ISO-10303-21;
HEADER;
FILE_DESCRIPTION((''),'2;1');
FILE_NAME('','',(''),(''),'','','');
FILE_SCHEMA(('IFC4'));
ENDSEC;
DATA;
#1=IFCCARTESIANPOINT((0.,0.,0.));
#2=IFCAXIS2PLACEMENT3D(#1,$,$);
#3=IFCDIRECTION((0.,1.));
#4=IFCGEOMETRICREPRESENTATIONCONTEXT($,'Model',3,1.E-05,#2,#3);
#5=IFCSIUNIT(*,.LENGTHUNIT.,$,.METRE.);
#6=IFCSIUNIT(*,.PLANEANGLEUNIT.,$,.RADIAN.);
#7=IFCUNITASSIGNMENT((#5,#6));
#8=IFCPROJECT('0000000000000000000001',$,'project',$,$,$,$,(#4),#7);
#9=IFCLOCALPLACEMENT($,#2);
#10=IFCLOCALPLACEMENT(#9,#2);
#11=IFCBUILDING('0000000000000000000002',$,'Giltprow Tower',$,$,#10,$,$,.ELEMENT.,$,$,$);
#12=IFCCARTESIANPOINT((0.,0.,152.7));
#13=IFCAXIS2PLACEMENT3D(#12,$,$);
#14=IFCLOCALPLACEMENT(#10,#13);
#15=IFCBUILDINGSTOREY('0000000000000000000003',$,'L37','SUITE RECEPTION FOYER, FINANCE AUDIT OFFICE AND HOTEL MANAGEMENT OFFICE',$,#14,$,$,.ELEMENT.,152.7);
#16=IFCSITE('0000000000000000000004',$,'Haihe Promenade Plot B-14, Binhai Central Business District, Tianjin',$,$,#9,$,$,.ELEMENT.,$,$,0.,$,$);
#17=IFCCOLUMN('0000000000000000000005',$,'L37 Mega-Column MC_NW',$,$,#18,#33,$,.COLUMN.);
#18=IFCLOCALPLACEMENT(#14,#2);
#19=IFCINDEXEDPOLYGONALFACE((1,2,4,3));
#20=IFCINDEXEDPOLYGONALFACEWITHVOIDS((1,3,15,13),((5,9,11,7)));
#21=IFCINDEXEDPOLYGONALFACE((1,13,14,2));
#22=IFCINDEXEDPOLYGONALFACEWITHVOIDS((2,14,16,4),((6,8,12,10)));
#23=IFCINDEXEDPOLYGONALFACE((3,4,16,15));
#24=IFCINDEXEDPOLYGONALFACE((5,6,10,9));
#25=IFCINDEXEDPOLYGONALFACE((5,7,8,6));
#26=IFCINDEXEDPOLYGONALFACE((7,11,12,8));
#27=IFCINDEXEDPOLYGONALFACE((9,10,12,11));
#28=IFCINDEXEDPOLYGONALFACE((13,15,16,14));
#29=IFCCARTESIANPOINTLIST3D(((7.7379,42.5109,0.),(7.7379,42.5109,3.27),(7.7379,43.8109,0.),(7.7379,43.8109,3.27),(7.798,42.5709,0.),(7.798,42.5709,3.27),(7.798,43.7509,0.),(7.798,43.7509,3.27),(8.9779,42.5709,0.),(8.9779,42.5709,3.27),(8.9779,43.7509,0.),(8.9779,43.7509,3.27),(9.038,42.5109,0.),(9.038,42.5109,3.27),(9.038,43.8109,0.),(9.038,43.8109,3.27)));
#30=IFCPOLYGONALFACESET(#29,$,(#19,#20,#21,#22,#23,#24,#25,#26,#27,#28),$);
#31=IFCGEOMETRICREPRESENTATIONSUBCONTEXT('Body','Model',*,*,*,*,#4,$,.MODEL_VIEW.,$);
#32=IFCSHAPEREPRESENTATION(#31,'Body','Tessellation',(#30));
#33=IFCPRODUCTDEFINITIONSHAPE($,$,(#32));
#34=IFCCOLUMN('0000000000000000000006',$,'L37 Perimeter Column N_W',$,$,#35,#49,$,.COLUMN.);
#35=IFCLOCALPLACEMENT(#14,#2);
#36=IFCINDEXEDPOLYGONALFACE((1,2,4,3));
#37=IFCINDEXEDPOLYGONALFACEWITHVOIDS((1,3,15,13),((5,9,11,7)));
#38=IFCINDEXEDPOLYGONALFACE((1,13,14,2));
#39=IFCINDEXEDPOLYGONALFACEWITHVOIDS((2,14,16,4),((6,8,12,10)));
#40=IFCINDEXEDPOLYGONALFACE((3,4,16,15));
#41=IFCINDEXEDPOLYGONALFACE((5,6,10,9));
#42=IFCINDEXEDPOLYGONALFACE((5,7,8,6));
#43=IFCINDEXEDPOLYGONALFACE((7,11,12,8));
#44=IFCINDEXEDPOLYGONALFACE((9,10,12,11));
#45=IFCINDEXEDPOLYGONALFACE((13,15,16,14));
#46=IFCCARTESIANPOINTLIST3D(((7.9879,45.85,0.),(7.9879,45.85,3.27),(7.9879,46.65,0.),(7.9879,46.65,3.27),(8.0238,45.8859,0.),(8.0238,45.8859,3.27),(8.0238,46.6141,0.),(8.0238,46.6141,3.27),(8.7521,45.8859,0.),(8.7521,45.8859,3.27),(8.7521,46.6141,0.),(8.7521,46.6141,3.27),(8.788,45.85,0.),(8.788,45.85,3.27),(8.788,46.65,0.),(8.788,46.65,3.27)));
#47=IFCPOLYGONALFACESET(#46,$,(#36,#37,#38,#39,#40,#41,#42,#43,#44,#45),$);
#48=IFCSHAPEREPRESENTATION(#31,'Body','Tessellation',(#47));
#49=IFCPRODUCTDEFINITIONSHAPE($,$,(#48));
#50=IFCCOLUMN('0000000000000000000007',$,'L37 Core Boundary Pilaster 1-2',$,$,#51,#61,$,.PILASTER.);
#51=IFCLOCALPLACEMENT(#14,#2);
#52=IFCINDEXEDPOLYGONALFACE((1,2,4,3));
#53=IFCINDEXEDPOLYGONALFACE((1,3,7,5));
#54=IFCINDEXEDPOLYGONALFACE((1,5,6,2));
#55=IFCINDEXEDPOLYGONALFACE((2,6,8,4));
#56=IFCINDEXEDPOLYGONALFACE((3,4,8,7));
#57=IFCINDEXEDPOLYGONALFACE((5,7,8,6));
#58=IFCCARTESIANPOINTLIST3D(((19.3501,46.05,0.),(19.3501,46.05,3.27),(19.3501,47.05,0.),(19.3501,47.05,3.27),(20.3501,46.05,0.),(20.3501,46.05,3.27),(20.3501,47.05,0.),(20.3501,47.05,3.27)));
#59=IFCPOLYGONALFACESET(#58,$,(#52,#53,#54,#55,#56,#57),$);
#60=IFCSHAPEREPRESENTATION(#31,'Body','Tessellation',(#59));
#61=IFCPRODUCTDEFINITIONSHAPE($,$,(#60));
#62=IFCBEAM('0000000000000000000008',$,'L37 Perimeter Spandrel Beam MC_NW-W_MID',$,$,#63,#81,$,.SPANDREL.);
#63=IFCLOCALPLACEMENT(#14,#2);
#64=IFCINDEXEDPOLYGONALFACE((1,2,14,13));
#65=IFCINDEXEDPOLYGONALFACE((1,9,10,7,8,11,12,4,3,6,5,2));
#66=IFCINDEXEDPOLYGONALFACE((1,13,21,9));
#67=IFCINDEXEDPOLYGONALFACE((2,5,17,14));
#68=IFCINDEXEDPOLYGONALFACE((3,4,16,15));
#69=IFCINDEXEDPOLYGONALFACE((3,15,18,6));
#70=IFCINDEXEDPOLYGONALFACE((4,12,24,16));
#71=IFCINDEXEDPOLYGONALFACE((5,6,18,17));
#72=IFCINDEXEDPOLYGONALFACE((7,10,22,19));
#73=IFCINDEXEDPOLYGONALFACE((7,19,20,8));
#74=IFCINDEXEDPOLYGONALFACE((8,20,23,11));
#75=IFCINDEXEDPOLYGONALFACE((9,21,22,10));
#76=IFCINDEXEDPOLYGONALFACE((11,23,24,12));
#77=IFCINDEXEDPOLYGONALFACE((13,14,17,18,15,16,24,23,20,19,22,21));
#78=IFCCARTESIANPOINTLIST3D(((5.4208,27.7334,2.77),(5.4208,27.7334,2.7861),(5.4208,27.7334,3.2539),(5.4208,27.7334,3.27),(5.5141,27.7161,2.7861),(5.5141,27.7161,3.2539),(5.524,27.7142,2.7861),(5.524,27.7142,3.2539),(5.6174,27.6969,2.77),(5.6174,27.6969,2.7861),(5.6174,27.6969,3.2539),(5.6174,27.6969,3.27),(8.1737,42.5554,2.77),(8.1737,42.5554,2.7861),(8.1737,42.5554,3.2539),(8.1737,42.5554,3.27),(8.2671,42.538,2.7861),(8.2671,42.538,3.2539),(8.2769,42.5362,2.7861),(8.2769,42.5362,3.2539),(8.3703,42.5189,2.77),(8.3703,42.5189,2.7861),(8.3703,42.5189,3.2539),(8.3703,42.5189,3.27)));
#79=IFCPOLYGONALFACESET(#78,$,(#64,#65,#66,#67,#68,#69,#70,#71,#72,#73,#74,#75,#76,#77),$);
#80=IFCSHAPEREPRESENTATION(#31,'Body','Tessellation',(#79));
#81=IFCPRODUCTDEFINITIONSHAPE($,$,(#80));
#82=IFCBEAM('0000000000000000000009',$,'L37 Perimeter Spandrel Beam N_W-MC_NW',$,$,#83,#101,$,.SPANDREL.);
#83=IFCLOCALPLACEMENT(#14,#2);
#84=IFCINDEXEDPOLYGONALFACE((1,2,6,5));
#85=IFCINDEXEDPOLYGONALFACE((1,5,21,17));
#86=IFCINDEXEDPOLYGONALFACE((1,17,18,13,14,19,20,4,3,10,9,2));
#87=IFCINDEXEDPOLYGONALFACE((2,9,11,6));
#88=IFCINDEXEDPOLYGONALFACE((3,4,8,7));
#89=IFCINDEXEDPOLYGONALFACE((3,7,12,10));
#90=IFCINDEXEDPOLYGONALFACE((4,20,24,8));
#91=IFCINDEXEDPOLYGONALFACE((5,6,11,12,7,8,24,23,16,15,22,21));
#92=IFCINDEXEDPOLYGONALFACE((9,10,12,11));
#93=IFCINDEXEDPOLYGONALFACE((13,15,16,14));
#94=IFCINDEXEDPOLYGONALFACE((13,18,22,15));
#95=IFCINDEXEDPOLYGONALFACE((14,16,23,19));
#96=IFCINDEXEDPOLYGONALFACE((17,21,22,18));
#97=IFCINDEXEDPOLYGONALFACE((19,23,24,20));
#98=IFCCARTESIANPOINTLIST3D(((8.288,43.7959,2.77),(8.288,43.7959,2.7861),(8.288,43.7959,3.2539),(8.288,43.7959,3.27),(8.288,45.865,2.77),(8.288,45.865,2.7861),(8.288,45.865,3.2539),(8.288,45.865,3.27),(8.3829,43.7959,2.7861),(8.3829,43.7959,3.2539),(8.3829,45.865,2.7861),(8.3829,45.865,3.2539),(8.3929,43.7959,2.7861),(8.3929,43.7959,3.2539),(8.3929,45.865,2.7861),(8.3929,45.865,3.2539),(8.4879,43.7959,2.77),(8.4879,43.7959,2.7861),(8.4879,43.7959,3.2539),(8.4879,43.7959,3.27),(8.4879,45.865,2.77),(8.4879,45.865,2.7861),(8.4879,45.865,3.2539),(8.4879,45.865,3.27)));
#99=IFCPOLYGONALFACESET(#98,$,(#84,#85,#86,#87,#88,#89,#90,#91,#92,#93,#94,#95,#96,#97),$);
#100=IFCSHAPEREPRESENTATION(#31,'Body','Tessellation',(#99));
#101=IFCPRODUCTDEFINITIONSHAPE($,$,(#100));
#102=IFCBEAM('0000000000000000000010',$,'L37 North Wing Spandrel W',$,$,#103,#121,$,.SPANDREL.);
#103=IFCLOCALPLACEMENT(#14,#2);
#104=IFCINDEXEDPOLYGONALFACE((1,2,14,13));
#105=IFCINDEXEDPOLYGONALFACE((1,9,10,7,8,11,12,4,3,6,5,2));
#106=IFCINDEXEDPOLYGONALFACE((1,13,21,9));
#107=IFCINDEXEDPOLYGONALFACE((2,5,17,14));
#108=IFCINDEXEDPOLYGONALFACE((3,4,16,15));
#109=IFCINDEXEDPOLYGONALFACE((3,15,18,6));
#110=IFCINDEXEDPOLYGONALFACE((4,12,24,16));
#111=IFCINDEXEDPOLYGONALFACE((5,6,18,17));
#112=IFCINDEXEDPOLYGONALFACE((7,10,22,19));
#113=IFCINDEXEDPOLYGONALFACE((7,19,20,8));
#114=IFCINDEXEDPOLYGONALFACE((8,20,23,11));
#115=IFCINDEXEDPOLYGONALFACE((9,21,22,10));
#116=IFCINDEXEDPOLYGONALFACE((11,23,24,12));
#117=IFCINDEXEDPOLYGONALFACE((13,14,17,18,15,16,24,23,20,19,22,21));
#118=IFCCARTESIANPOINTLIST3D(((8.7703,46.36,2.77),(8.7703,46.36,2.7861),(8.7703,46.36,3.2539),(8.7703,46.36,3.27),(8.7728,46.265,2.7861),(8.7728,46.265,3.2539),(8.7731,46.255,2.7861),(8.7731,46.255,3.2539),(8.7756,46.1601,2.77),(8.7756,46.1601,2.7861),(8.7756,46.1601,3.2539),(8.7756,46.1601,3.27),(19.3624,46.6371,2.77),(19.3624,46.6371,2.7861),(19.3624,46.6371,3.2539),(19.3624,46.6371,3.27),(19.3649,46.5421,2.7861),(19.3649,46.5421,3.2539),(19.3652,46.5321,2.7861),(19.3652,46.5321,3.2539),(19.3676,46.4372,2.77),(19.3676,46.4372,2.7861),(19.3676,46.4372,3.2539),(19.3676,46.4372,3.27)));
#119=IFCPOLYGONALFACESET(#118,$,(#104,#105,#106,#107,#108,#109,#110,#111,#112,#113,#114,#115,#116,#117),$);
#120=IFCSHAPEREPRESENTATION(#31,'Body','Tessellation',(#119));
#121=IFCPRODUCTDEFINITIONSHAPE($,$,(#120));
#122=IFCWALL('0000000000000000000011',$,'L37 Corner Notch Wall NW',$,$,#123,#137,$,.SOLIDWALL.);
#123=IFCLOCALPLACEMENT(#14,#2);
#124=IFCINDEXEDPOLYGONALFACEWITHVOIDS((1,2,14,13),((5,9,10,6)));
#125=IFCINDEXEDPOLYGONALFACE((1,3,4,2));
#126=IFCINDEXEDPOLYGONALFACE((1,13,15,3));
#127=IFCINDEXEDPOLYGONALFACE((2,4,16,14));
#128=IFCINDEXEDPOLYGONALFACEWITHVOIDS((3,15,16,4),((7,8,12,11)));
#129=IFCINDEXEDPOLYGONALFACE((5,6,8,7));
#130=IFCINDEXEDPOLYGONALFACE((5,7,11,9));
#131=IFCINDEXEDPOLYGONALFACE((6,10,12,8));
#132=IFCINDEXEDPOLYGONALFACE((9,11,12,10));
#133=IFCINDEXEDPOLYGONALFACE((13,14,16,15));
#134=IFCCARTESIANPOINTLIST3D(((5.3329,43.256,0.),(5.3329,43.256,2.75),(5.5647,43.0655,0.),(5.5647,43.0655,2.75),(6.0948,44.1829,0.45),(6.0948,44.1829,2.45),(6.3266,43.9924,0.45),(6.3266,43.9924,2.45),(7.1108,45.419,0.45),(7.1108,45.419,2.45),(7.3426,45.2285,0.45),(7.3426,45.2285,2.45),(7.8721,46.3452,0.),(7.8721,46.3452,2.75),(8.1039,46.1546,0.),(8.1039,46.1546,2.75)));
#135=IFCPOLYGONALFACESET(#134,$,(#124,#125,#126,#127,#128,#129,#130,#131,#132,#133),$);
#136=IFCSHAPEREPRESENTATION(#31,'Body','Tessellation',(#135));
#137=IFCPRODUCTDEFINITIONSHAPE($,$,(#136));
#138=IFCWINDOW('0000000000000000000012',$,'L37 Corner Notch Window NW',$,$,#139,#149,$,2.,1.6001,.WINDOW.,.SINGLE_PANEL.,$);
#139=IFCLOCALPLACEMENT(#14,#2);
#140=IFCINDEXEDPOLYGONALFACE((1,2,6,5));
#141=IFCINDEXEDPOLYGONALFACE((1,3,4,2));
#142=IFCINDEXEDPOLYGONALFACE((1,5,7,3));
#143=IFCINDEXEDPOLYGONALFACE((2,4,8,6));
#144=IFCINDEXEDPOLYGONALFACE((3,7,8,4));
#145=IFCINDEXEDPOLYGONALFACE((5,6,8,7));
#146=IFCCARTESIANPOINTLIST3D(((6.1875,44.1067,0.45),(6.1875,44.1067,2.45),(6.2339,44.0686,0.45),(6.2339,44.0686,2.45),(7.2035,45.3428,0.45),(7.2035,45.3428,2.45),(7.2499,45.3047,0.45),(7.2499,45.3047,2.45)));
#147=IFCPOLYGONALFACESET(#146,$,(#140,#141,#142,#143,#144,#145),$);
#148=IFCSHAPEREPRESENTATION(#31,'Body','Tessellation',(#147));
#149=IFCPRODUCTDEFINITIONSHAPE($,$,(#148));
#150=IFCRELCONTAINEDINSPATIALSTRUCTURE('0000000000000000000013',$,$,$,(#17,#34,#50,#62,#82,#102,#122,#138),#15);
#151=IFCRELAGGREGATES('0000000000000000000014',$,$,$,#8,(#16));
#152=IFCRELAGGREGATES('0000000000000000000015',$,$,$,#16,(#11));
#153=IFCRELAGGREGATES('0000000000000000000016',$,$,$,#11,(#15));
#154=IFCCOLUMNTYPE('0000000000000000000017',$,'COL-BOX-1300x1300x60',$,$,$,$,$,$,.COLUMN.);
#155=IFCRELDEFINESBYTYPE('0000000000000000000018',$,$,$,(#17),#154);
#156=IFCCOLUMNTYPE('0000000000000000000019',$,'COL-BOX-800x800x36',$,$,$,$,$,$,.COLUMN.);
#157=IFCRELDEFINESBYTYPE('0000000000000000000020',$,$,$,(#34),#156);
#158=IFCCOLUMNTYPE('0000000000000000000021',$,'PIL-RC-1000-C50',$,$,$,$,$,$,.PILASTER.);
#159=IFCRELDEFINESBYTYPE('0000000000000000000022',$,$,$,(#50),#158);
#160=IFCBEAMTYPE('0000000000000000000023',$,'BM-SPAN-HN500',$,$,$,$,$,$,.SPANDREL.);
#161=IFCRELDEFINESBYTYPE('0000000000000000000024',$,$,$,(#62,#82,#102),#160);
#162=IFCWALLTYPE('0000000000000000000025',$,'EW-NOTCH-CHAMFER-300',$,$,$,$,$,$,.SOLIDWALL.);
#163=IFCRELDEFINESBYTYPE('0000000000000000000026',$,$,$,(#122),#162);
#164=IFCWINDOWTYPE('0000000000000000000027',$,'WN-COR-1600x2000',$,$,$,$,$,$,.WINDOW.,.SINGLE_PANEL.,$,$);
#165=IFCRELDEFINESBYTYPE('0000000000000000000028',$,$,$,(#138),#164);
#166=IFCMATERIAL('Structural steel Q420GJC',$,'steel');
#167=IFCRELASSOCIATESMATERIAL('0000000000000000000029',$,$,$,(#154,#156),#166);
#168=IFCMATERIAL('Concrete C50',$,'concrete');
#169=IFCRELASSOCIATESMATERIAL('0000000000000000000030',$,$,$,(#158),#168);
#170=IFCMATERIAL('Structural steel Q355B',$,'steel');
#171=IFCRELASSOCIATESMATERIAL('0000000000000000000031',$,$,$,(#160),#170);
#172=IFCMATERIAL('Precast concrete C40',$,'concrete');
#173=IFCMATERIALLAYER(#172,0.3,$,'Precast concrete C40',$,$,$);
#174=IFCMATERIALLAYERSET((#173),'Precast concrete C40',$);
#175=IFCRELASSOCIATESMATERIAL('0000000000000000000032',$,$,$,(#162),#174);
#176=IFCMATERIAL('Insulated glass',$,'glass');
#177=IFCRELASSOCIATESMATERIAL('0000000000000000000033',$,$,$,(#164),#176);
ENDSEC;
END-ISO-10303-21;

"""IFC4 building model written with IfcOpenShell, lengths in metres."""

from ifc_helpers import new_model, si_unit, direction, frame, frame_2d, origin, origin_2d, place, context, subcontext, project, spatial, rectangle, hollow_rectangle, i_section, extrude, source, transform, mapped, material, layer, layer_set, material_profile, profile_set, type_object, element, fill, save


model = new_model("IFC4")

# Units and contexts
model_context = context("Model", 3, precision=1e-05, world=origin(), true_north=direction((0.0, 1.0)))
body_context = subcontext(model_context, "Body", "Model", "MODEL_VIEW")
ifc_project = project(units=[si_unit("LENGTHUNIT", "METRE"), si_unit("PLANEANGLEUNIT", "RADIAN")], contexts=[model_context])

# Site, building, storey
site_placement = place(None, origin())
site = spatial("IfcSite", under=ifc_project, at=site_placement, Name="Haihe Promenade Plot B-14, Binhai Central Business District, Tianjin", CompositionType="ELEMENT", RefElevation=0.0)
building_placement = place(site_placement, origin())
building = spatial("IfcBuilding", under=site, at=building_placement, Name="Giltprow Tower", CompositionType="ELEMENT")
storey_placement = place(building_placement, frame((0.0, 0.0, 152.7)))
storey = spatial("IfcBuildingStorey", under=building, at=storey_placement, Name="L37", Description="SUITE RECEPTION FOYER, FINANCE AUDIT OFFICE AND HOTEL MANAGEMENT OFFICE", CompositionType="ELEMENT", Elevation=152.7)

# Columns
ifc_material_1 = material(Name="Structural steel Q420GJC", Category="steel")
ifc_material_profile_1 = material_profile(ifc_material_1, hollow_rectangle(XDim=1.3, YDim=1.3, WallThickness=0.0601, at=origin_2d()), Name="BOX 1300x1300x60")
ifc_profile_set_1 = profile_set([ifc_material_profile_1], Name="Structural steel Q420GJC")
column_type_1 = type_object("IfcColumnType", Name="COL-BOX-1300x1300x60", PredefinedType="COLUMN", material=ifc_profile_set_1)
shared_shape_1 = source(origin(), body_context, "Body", "SweptSolid", [
    extrude(hollow_rectangle(XDim=1.3, YDim=1.3, WallThickness=0.0601, at=origin_2d()), origin(), (0.0, 0.0, 1.0), 3.27),
])
column_1_placement = place(storey_placement, frame((8.3879, 43.1609, 0.0), z_axis=(0.0, 0.0, 1.0), x_axis=(1.0, 0.0, 0.0)))
element("IfcColumn", 1, at=column_1_placement, inside=storey, type_object=column_type_1, Name="L37 Mega-Column MC_NW", PredefinedType="COLUMN", context=body_context, shape_type="MappedRepresentation", body=[
    mapped(shared_shape_1, transform((0.0, 0.0, 0.0), x_axis=(1.0, 0.0, 0.0), y_axis=(0.0, 1.0, 0.0), z_axis=(0.0, 0.0, 1.0), scale=1.0)),
])
ifc_material_profile_2 = material_profile(ifc_material_1, hollow_rectangle(XDim=0.8, YDim=0.8, WallThickness=0.0359, at=origin_2d()), Name="BOX 800x800x36")
ifc_profile_set_2 = profile_set([ifc_material_profile_2], Name="Structural steel Q420GJC")
column_type_2 = type_object("IfcColumnType", Name="COL-BOX-800x800x36", PredefinedType="COLUMN", material=ifc_profile_set_2)
shared_shape_2 = source(origin(), body_context, "Body", "SweptSolid", [
    extrude(hollow_rectangle(XDim=0.8, YDim=0.8, WallThickness=0.0359, at=origin_2d()), origin(), (0.0, 0.0, 1.0), 3.27),
])
column_2_placement = place(storey_placement, frame((8.3879, 46.25, 0.0), z_axis=(0.0, 0.0, 1.0), x_axis=(1.0, 0.0, 0.0)))
element("IfcColumn", 2, at=column_2_placement, inside=storey, type_object=column_type_2, Name="L37 Perimeter Column N_W", PredefinedType="COLUMN", context=body_context, shape_type="MappedRepresentation", body=[
    mapped(shared_shape_2, transform((0.0, 0.0, 0.0), x_axis=(1.0, 0.0, 0.0), y_axis=(0.0, 1.0, 0.0), z_axis=(0.0, 0.0, 1.0), scale=1.0)),
])
ifc_material_2 = material(Name="Concrete C50", Category="concrete")
ifc_material_profile_3 = material_profile(ifc_material_2, rectangle(XDim=1.0, YDim=1.0, at=origin_2d()), Name="RC 1000x1000")
ifc_profile_set_3 = profile_set([ifc_material_profile_3], Name="Concrete C50")
column_type_3 = type_object("IfcColumnType", Name="PIL-RC-1000-C50", PredefinedType="PILASTER", material=ifc_profile_set_3)
shared_shape_3 = source(origin(), body_context, "Body", "SweptSolid", [
    extrude(rectangle(XDim=1.0, YDim=1.0, at=origin_2d()), origin(), (0.0, 0.0, 1.0), 3.27),
])
column_3_placement = place(storey_placement, frame((19.8501, 46.55, 0.0), z_axis=(0.0, 0.0, 1.0), x_axis=(1.0, 0.0, 0.0)))
element("IfcColumn", 3, at=column_3_placement, inside=storey, type_object=column_type_3, Name="L37 Core Boundary Pilaster 1-2", PredefinedType="PILASTER", context=body_context, shape_type="MappedRepresentation", body=[
    mapped(shared_shape_3, transform((0.0, 0.0, 0.0), x_axis=(1.0, 0.0, 0.0), y_axis=(0.0, 1.0, 0.0), z_axis=(0.0, 0.0, 1.0), scale=1.0)),
])

# Beams
ifc_material_3 = material(Name="Structural steel Q355B", Category="steel")
ifc_material_profile_4 = material_profile(ifc_material_3, i_section(OverallWidth=0.2, OverallDepth=0.5, WebThickness=0.01, FlangeThickness=0.0161, at=origin_2d()), Name="HN 500x200x10x16")
ifc_profile_set_4 = profile_set([ifc_material_profile_4], Name="Structural steel Q355B")
beam_type = type_object("IfcBeamType", Name="BM-SPAN-HN500", PredefinedType="SPANDREL", material=ifc_profile_set_4)
shared_shape_4 = source(origin(), body_context, "Body", "SweptSolid", [
    extrude(i_section(OverallWidth=0.2, OverallDepth=0.5, WebThickness=0.01, FlangeThickness=0.0161, at=origin_2d()), origin(), (0.0, 0.0, 1.0), 15.0754),
])
beam_1_placement = place(storey_placement, frame((8.272, 42.5371, 3.02), z_axis=(-0.182609, -0.983186, 0.0), x_axis=(0.983186, -0.182609, 0.0)))
element("IfcBeam", 4, at=beam_1_placement, inside=storey, type_object=beam_type, Name="L37 Perimeter Spandrel Beam MC_NW-W_MID", PredefinedType="SPANDREL", context=body_context, shape_type="MappedRepresentation", body=[
    mapped(shared_shape_4, transform((0.0, 0.0, 0.0), x_axis=(1.0, 0.0, 0.0), y_axis=(0.0, 1.0, 0.0), z_axis=(0.0, 0.0, 1.0), scale=1.0)),
])
shared_shape_5 = source(origin(), body_context, "Body", "SweptSolid", [
    extrude(i_section(OverallWidth=0.2, OverallDepth=0.5, WebThickness=0.01, FlangeThickness=0.0161, at=origin_2d()), origin(), (0.0, 0.0, 1.0), 2.0691),
])
beam_2_placement = place(storey_placement, frame((8.3879, 45.865, 3.02), z_axis=(0.0, -1.0, 0.0), x_axis=(1.0, 0.0, 0.0)))
element("IfcBeam", 5, at=beam_2_placement, inside=storey, type_object=beam_type, Name="L37 Perimeter Spandrel Beam N_W-MC_NW", PredefinedType="SPANDREL", context=body_context, shape_type="MappedRepresentation", body=[
    mapped(shared_shape_5, transform((0.0, 0.0, 0.0), x_axis=(1.0, 0.0, 0.0), y_axis=(0.0, 1.0, 0.0), z_axis=(0.0, 0.0, 1.0), scale=1.0)),
])
shared_shape_6 = source(origin(), body_context, "Body", "SweptSolid", [
    extrude(i_section(OverallWidth=0.2, OverallDepth=0.5, WebThickness=0.01, FlangeThickness=0.0161, at=origin_2d()), origin(), (0.0, 0.0, 1.0), 10.5957),
])
beam_3_placement = place(storey_placement, frame((8.7729, 46.26, 3.02), z_axis=(0.999658, 0.026152, 0.0), x_axis=(-0.026152, 0.999658, 0.0)))
element("IfcBeam", 6, at=beam_3_placement, inside=storey, type_object=beam_type, Name="L37 North Wing Spandrel W", PredefinedType="SPANDREL", context=body_context, shape_type="MappedRepresentation", body=[
    mapped(shared_shape_6, transform((0.0, 0.0, 0.0), x_axis=(1.0, 0.0, 0.0), y_axis=(0.0, 1.0, 0.0), z_axis=(0.0, 0.0, 1.0), scale=1.0)),
])

# Wall, opening, window
ifc_material_4 = material(Name="Precast concrete C40", Category="concrete")
ifc_layer_1 = layer(ifc_material_4, 0.3, Name="Precast concrete C40")
ifc_layer_set_1 = layer_set([ifc_layer_1], Name="Precast concrete C40")
wall_type_1 = type_object("IfcWallType", Name="EW-NOTCH-CHAMFER-300", PredefinedType="SOLIDWALL", material=ifc_layer_set_1)
wall_1_placement = place(storey_placement, frame((7.988, 46.25, 0.0), z_axis=(0.0, 0.0, 1.0), x_axis=(-0.634975, -0.772533, 0.0)))
wall_1 = element("IfcWall", 7, at=wall_1_placement, inside=storey, type_object=wall_type_1, Name="L37 Corner Notch Wall NW", PredefinedType="SOLIDWALL", context=body_context, shape_type="SweptSolid", body=[
    extrude(rectangle(XDim=3.9988, YDim=0.3, at=frame_2d((1.9995, 0.0))), origin(), (0.0, 0.0, 1.0), 2.75),
])
opening_1_placement = place(wall_1_placement, frame((1.199, 0.0, 0.45)))
opening_1 = element("IfcOpeningElement", 8, at=opening_1_placement, cuts=wall_1, PredefinedType="OPENING", context=body_context, shape_type="SweptSolid", body=[
    extrude(rectangle(XDim=1.6001, YDim=2.0, at=frame_2d((0.8, 1.0))), frame((0.0, 0.1599, 0.0), z_axis=(0.0, -1.0, 0.0), x_axis=(1.0, 0.0, 0.0)), (0.0, 0.0, 1.0), 0.3201),
])
ifc_material_5 = material(Name="Insulated glass", Category="glass")
window_type = type_object("IfcWindowType", Name="WN-COR-1600x2000", PartitioningType="SINGLE_PANEL", PredefinedType="WINDOW", material=ifc_material_5)
shared_shape_7 = source(origin(), body_context, "Body", "SweptSolid", [
    extrude(rectangle(XDim=1.6001, YDim=2.0, at=frame_2d((0.8, 1.0))), frame((0.0, 0.03, 0.0), z_axis=(0.0, -1.0, 0.0), x_axis=(1.0, 0.0, 0.0)), (0.0, 0.0, 1.0), 0.0601),
])
window_1_placement = place(opening_1_placement, origin())
window_1 = element("IfcWindow", 9, at=window_1_placement, inside=storey, type_object=window_type, Name="L37 Corner Notch Window NW", OverallHeight=2.0, OverallWidth=1.6001, PartitioningType="SINGLE_PANEL", PredefinedType="WINDOW", context=body_context, shape_type="MappedRepresentation", body=[
    mapped(shared_shape_7, transform((0.0, 0.0, 0.0), x_axis=(1.0, 0.0, 0.0), y_axis=(0.0, 1.0, 0.0), z_axis=(0.0, 0.0, 1.0), scale=1.0)),
])
fill(opening_1, window_1)

save(model, "model.ifc")
